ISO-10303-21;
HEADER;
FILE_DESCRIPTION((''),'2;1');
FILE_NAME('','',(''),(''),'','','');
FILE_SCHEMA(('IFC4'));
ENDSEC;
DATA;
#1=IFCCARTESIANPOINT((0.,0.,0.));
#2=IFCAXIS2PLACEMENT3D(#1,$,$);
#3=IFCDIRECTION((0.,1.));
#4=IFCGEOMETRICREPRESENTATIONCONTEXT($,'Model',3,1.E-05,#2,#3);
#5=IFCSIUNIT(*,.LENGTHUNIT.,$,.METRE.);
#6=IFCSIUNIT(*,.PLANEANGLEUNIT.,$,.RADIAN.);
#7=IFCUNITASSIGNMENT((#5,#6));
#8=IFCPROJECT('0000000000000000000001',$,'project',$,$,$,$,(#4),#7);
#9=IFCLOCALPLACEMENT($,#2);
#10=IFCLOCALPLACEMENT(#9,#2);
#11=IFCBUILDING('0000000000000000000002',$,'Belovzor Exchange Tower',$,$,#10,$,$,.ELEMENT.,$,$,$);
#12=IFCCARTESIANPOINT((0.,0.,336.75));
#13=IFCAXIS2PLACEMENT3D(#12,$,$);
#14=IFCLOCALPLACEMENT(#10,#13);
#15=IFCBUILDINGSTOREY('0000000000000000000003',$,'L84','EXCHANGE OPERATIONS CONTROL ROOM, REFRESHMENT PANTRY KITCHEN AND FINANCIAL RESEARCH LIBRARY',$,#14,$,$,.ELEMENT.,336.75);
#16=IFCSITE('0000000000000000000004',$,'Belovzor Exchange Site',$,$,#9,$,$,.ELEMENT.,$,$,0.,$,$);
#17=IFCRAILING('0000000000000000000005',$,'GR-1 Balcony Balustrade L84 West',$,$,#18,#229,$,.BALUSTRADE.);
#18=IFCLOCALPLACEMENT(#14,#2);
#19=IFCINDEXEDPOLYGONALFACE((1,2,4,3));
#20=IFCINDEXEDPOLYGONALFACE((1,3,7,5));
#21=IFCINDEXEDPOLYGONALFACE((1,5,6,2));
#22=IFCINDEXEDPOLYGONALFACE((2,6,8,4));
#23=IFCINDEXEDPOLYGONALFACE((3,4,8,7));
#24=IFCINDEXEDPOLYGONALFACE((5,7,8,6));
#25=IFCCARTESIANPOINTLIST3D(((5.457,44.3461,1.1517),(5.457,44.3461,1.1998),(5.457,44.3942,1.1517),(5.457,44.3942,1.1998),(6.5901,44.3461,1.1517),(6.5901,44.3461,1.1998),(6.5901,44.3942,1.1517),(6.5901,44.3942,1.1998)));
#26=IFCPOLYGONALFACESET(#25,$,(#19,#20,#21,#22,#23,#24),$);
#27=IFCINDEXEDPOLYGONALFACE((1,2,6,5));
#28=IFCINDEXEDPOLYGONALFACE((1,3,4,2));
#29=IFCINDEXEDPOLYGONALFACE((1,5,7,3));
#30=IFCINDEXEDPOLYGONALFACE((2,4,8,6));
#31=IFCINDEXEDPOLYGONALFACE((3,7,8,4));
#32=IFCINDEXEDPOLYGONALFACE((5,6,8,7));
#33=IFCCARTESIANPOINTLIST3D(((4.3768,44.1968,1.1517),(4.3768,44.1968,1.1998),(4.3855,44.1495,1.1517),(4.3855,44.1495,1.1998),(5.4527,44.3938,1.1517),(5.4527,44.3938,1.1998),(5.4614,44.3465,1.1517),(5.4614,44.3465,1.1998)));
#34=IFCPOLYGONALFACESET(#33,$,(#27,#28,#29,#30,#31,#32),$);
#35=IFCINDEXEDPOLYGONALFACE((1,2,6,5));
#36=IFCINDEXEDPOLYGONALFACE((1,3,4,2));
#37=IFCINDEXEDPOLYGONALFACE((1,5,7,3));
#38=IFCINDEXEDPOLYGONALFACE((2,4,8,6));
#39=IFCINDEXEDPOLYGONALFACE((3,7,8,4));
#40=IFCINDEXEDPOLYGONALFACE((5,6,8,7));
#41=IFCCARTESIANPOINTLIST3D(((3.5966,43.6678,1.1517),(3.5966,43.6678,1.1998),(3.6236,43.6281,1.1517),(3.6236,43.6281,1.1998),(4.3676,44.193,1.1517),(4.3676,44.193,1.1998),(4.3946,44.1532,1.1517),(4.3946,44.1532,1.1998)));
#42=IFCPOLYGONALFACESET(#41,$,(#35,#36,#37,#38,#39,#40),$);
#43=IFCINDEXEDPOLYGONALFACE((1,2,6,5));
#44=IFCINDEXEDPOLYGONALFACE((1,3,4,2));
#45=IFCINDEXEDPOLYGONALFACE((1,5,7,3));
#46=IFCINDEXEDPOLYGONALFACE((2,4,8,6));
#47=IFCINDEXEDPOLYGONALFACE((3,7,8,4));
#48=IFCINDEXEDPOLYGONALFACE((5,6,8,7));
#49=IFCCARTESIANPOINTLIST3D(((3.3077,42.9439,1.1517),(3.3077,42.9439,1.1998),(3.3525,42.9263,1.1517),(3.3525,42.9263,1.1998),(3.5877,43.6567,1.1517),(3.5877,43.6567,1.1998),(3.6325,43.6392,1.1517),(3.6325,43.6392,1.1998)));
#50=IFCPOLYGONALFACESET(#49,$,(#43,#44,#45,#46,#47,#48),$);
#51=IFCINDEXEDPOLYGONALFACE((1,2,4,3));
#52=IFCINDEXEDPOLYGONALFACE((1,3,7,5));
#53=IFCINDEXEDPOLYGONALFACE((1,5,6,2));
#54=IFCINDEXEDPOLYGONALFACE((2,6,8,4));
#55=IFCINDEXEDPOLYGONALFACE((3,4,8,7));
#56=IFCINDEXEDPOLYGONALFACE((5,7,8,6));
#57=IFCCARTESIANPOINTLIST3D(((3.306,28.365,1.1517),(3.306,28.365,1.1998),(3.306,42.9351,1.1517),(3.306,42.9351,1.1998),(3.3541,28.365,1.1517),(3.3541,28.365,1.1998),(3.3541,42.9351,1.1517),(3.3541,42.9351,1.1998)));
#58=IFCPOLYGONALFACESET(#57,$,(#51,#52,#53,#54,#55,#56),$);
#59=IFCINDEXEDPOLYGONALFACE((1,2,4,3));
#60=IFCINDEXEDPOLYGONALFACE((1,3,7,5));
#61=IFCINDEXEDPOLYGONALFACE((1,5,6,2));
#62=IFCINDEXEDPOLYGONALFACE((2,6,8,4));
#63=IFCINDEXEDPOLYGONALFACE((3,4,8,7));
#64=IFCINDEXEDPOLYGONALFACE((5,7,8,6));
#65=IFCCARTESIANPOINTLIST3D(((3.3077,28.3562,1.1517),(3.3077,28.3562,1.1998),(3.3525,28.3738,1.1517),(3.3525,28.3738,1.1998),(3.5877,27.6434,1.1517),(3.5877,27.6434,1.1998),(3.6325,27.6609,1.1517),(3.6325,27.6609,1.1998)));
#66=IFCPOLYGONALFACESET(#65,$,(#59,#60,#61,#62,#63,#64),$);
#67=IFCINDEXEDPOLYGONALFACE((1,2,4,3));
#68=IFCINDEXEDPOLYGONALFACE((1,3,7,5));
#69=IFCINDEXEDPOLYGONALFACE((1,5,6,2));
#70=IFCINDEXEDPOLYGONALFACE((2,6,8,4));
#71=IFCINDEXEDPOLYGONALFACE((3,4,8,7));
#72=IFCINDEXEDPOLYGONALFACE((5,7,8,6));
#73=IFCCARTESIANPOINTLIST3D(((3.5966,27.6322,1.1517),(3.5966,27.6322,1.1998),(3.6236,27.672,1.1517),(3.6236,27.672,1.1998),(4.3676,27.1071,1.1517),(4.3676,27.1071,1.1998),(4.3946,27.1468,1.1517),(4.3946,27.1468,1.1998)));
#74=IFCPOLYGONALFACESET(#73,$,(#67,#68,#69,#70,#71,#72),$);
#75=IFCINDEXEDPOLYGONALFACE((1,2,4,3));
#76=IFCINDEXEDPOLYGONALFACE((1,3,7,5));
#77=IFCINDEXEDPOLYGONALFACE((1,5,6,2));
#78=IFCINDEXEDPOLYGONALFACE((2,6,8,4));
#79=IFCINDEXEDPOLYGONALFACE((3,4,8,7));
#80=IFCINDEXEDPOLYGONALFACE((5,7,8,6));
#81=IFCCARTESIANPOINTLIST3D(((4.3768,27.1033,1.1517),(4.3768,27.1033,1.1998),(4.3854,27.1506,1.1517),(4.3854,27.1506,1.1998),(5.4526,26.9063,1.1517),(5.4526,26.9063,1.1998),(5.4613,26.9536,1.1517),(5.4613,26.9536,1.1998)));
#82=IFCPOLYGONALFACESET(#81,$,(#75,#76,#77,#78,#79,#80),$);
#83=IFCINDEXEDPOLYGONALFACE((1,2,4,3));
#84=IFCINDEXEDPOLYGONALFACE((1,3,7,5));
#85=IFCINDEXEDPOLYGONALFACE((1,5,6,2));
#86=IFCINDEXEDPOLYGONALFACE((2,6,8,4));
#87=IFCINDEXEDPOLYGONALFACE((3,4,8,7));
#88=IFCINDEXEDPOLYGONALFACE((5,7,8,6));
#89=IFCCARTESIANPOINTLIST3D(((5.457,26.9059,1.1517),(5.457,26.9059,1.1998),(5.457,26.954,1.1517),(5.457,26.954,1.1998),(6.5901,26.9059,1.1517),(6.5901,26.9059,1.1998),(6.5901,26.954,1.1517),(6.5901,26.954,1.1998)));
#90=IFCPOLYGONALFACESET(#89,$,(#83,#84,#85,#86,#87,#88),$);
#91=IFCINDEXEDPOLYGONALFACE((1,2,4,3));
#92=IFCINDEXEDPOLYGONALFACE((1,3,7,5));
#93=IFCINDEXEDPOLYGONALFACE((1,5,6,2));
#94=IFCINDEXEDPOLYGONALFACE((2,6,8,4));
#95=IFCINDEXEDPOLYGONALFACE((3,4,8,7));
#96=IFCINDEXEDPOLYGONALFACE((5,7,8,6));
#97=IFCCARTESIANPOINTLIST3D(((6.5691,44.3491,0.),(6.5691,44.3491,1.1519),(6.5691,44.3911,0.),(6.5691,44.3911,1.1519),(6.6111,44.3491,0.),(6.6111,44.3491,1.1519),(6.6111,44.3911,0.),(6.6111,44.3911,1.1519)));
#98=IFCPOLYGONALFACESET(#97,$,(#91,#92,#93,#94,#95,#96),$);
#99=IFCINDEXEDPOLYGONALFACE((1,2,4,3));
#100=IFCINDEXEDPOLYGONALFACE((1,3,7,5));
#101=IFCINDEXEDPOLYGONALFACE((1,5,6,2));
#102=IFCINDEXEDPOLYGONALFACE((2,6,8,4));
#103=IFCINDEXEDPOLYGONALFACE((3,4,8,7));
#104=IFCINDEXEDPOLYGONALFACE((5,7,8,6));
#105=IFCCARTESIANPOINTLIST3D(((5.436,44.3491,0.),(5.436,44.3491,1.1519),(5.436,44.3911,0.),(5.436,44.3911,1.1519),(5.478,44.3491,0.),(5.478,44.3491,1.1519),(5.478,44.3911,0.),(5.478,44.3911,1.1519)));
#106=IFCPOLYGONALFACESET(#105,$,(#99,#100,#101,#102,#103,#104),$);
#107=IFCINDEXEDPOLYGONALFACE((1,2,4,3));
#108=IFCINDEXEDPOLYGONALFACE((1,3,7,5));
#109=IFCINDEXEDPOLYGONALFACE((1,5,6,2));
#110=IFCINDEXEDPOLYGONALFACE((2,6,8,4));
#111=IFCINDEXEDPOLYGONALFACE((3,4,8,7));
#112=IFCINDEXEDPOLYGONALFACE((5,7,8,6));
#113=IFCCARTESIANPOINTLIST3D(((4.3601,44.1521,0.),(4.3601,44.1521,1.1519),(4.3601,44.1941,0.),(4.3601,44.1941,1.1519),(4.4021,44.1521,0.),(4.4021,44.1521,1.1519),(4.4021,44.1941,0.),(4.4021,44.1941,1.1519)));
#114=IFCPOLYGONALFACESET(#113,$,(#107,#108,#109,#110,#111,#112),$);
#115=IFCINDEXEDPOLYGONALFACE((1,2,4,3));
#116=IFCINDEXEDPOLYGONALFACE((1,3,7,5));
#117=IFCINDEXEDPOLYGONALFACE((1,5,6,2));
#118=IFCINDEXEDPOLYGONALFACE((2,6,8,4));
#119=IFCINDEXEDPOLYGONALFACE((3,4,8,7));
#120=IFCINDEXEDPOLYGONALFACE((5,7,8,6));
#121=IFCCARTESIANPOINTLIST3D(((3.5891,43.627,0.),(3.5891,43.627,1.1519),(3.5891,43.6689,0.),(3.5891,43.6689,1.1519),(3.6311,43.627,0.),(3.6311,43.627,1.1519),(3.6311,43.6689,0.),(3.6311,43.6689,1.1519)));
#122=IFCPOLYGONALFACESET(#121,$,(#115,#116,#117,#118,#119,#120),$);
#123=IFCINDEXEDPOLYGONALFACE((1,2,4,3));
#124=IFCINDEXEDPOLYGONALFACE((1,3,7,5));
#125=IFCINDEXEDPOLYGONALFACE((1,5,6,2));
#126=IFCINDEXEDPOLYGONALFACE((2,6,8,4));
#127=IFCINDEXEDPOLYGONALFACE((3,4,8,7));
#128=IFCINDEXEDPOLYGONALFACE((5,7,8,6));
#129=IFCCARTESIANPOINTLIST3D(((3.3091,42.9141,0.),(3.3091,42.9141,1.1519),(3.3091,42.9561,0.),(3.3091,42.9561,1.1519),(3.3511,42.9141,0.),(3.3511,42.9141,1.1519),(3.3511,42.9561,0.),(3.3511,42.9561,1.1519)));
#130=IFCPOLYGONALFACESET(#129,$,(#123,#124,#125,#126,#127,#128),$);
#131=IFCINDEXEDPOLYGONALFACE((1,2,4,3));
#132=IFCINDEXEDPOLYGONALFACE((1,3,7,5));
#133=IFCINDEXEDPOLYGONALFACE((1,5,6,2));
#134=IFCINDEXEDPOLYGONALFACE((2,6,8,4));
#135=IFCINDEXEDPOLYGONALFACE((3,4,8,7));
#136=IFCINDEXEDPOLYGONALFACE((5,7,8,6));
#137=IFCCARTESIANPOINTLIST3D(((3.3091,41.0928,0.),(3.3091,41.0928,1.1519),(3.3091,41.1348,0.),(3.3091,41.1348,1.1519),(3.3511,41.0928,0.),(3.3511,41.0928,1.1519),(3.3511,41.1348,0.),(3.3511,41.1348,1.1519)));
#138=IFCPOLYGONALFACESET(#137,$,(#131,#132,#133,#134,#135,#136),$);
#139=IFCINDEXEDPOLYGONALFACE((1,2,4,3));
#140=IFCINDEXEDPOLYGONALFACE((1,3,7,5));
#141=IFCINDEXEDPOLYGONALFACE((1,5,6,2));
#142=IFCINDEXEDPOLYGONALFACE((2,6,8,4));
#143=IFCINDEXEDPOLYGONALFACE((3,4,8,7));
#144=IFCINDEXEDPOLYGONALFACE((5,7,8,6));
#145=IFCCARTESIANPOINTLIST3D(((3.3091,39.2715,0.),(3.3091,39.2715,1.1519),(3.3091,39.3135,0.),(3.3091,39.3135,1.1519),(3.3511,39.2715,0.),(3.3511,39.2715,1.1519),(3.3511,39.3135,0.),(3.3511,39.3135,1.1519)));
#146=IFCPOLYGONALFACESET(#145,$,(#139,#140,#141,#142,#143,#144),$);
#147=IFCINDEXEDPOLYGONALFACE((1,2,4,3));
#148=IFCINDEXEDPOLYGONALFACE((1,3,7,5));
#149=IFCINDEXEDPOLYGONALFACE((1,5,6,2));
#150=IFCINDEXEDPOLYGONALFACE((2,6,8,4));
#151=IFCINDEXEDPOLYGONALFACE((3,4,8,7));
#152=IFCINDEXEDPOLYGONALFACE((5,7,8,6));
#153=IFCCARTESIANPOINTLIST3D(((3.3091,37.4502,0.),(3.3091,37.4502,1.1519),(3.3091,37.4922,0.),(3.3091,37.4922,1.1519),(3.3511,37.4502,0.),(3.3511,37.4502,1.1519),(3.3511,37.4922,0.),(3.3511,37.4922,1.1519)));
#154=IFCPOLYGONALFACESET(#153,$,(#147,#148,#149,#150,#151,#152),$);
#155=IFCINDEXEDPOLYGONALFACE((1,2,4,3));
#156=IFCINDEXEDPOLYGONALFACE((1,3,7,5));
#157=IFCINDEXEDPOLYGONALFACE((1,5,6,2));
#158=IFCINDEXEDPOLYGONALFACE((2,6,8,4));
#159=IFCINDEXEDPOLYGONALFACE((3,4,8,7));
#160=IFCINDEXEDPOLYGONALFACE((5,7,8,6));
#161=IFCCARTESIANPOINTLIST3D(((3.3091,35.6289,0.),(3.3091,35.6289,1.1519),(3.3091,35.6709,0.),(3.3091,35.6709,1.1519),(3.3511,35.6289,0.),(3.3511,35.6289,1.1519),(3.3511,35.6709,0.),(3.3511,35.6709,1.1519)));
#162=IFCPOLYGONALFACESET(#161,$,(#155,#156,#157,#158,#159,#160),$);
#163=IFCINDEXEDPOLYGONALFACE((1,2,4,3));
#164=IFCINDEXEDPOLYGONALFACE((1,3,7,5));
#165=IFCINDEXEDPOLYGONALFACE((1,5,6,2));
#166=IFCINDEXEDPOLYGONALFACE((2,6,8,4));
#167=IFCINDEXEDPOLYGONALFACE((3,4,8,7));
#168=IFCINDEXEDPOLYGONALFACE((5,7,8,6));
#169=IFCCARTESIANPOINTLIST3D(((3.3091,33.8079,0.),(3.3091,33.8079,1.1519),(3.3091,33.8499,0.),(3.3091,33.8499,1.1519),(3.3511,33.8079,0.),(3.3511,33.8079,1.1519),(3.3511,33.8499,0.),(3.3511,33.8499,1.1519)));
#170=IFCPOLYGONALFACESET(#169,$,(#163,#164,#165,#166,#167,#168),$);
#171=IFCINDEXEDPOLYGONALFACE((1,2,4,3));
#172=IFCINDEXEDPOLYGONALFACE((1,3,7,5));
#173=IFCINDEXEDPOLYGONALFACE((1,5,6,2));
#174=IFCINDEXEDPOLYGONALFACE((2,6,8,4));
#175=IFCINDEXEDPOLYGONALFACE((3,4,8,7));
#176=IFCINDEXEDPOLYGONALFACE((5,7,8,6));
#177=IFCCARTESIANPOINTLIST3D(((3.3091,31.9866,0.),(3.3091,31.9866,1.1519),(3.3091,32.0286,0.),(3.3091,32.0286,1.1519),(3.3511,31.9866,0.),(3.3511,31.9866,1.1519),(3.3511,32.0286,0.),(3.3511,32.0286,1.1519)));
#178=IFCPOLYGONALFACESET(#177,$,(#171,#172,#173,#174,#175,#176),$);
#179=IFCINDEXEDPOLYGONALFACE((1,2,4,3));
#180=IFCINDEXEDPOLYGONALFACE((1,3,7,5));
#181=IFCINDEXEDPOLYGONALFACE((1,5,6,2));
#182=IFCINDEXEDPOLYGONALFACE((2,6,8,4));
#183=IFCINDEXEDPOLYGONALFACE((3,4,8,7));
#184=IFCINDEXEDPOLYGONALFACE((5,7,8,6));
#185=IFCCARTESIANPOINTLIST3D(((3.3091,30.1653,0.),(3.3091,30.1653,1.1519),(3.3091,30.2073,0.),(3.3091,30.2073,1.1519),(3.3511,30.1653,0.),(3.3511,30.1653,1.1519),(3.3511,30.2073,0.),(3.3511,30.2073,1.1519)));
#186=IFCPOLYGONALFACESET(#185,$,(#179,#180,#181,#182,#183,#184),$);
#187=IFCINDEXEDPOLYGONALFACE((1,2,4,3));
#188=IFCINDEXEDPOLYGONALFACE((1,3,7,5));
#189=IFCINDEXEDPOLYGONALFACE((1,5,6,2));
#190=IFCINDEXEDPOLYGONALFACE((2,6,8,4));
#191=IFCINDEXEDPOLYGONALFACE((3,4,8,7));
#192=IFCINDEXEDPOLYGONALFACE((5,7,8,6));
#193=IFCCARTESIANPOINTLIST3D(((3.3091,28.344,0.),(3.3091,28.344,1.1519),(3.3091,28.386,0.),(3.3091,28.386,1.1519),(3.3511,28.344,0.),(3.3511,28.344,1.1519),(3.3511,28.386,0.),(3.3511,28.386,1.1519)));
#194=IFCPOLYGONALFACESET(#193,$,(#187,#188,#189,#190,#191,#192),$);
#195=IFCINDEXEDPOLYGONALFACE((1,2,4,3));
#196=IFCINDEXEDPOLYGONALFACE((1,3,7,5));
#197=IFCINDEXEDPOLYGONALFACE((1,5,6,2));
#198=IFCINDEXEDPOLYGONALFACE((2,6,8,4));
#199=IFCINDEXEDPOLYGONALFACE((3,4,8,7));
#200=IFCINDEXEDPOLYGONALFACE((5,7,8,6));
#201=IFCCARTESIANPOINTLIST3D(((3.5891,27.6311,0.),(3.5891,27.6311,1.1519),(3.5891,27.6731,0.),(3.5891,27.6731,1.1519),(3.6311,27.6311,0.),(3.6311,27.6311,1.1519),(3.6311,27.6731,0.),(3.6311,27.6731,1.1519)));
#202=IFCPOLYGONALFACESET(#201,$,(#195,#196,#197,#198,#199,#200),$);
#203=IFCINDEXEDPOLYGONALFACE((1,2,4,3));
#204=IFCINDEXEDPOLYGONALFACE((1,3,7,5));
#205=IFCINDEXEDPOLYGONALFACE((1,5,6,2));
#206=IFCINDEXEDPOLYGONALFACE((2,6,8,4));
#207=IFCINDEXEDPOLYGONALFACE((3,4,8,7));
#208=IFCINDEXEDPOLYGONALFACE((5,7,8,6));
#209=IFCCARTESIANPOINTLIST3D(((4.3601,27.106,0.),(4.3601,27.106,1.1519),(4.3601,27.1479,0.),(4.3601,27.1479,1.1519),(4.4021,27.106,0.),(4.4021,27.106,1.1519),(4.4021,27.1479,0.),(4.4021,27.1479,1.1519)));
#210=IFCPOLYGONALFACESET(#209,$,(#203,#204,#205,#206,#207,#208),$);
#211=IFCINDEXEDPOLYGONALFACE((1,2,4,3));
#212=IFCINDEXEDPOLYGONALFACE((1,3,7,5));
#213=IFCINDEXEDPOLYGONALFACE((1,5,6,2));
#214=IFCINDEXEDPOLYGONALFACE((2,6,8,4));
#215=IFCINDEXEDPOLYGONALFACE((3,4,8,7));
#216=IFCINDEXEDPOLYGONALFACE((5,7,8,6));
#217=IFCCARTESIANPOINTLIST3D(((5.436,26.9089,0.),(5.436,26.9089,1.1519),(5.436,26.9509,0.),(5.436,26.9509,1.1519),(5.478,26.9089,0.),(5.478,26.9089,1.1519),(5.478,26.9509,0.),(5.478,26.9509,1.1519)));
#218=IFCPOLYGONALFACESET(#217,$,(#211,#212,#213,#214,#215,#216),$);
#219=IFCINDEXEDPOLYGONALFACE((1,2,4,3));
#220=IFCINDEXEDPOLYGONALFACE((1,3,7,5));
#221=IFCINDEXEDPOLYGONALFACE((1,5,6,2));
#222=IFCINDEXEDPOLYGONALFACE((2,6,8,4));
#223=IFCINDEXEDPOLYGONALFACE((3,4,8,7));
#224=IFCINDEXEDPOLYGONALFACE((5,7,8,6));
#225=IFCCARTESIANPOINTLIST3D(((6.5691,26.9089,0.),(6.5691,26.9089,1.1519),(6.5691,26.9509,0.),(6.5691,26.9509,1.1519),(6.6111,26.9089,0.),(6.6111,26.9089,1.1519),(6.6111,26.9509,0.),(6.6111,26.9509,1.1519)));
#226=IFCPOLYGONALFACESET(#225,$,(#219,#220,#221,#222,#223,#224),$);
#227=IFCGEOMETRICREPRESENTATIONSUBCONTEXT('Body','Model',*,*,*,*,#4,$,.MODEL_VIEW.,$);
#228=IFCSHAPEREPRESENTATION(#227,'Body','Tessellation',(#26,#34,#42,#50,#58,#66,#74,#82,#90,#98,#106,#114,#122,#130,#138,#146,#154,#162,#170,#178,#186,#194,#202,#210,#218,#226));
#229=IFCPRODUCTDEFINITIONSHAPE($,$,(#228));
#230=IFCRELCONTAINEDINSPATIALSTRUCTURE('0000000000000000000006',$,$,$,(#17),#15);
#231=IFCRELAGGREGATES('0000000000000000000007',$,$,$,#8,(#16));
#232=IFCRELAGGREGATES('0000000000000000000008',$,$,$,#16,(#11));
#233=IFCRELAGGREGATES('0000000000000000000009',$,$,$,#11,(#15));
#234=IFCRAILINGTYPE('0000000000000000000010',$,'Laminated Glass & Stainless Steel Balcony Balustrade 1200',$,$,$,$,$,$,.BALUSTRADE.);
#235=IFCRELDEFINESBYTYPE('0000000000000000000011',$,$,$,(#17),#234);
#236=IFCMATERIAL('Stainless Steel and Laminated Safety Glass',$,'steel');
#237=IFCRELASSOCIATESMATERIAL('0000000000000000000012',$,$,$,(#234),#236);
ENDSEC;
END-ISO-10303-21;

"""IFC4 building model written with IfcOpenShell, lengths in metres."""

from ifc_helpers import new_model, si_unit, direction, frame, origin, origin_2d, place, context, subcontext, project, spatial, rectangle, extrude, material, type_object, element, save


model = new_model("IFC4")

# Units and contexts
model_context = context("Model", 3, precision=1e-05, world=origin(), true_north=direction((0.0, 1.0)))
body_context = subcontext(model_context, "Body", "Model", "MODEL_VIEW")
ifc_project = project(units=[si_unit("LENGTHUNIT", "METRE"), si_unit("PLANEANGLEUNIT", "RADIAN")], contexts=[model_context])

# Site, building, storey
site_placement = place(None, origin())
site = spatial("IfcSite", under=ifc_project, at=site_placement, Name="Belovzor Exchange Site", CompositionType="ELEMENT", RefElevation=0.0)
building_placement = place(site_placement, origin())
building = spatial("IfcBuilding", under=site, at=building_placement, Name="Belovzor Exchange Tower", CompositionType="ELEMENT")
storey_placement = place(building_placement, frame((0.0, 0.0, 336.75)))
storey = spatial("IfcBuildingStorey", under=building, at=storey_placement, Name="L84", Description="EXCHANGE OPERATIONS CONTROL ROOM, REFRESHMENT PANTRY KITCHEN AND FINANCIAL RESEARCH LIBRARY", CompositionType="ELEMENT", Elevation=336.75)

# Railing
ifc_material_1 = material(Name="Stainless Steel and Laminated Safety Glass", Category="steel")
railing_type = type_object("IfcRailingType", Name="Laminated Glass & Stainless Steel Balcony Balustrade 1200", PredefinedType="BALUSTRADE", material=ifc_material_1)
railing_placement = place(storey_placement, frame((6.5901, 44.3701, 0.0)))
element("IfcRailing", 1, at=railing_placement, inside=storey, type_object=railing_type, Name="GR-1 Balcony Balustrade L84 West", PredefinedType="BALUSTRADE", context=body_context, shape_type="SweptSolid", body=[
    extrude(rectangle(XDim=0.0481, YDim=0.0481, at=origin_2d()), frame((0.0, 0.0, 1.1758), z_axis=(-1.0, 0.0, 0.0), x_axis=(0.0, -1.0, 0.0)), (0.0, 0.0, 1.0), 1.1331),
    extrude(rectangle(XDim=0.0481, YDim=0.0481, at=origin_2d()), frame((-1.1331, 0.0, 1.1758), z_axis=(-0.983644, -0.180123, 0.0), x_axis=(0.180123, -0.983644, 0.0)), (0.0, 0.0, 1.0), 1.0938),
    extrude(rectangle(XDim=0.0481, YDim=0.0481, at=origin_2d()), frame((-2.209, -0.197, 1.1758), z_axis=(-0.826493, -0.562947, 0.0), x_axis=(0.562947, -0.826493, 0.0)), (0.0, 0.0, 1.0), 0.9329),
    extrude(rectangle(XDim=0.0481, YDim=0.0481, at=origin_2d()), frame((-2.98, -0.7222, 1.1758), z_axis=(-0.365613, -0.930767, 0.0), x_axis=(0.930767, -0.365613, 0.0)), (0.0, 0.0, 1.0), 0.7659),
    extrude(rectangle(XDim=0.0481, YDim=0.0481, at=origin_2d()), frame((-3.26, -1.4351, 1.1758), z_axis=(0.0, -1.0, 0.0), x_axis=(1.0, 0.0, 0.0)), (0.0, 0.0, 1.0), 14.5701),
    extrude(rectangle(XDim=0.0481, YDim=0.0481, at=origin_2d()), frame((-3.26, -16.0051, 1.1758), z_axis=(0.365613, -0.930767, 0.0), x_axis=(0.930767, 0.365613, 0.0)), (0.0, 0.0, 1.0), 0.7659),
    extrude(rectangle(XDim=0.0481, YDim=0.0481, at=origin_2d()), frame((-2.98, -16.718, 1.1758), z_axis=(0.826493, -0.562947, 0.0), x_axis=(0.562947, 0.826493, 0.0)), (0.0, 0.0, 1.0), 0.9329),
    extrude(rectangle(XDim=0.0481, YDim=0.0481, at=origin_2d()), frame((-2.209, -17.2432, 1.1758), z_axis=(0.983644, -0.180123, 0.0), x_axis=(0.180123, 0.983644, 0.0)), (0.0, 0.0, 1.0), 1.0938),
    extrude(rectangle(XDim=0.0481, YDim=0.0481, at=origin_2d()), frame((-1.1331, -17.4402, 1.1758), z_axis=(1.0, 0.0, 0.0), x_axis=(0.0, 1.0, 0.0)), (0.0, 0.0, 1.0), 1.1331),
    extrude(rectangle(XDim=0.042, YDim=0.042, at=origin_2d()), origin(), (0.0, 0.0, 1.0), 1.1519),
    extrude(rectangle(XDim=0.042, YDim=0.042, at=origin_2d()), frame((-1.1331, 0.0, 0.0)), (0.0, 0.0, 1.0), 1.1519),
    extrude(rectangle(XDim=0.042, YDim=0.042, at=origin_2d()), frame((-2.209, -0.197, 0.0)), (0.0, 0.0, 1.0), 1.1519),
    extrude(rectangle(XDim=0.042, YDim=0.042, at=origin_2d()), frame((-2.98, -0.7222, 0.0)), (0.0, 0.0, 1.0), 1.1519),
    extrude(rectangle(XDim=0.042, YDim=0.042, at=origin_2d()), frame((-3.26, -1.4351, 0.0)), (0.0, 0.0, 1.0), 1.1519),
    extrude(rectangle(XDim=0.042, YDim=0.042, at=origin_2d()), frame((-3.26, -3.2563, 0.0)), (0.0, 0.0, 1.0), 1.1519),
    extrude(rectangle(XDim=0.042, YDim=0.042, at=origin_2d()), frame((-3.26, -5.0776, 0.0)), (0.0, 0.0, 1.0), 1.1519),
    extrude(rectangle(XDim=0.042, YDim=0.042, at=origin_2d()), frame((-3.26, -6.8989, 0.0)), (0.0, 0.0, 1.0), 1.1519),
    extrude(rectangle(XDim=0.042, YDim=0.042, at=origin_2d()), frame((-3.26, -8.7202, 0.0)), (0.0, 0.0, 1.0), 1.1519),
    extrude(rectangle(XDim=0.042, YDim=0.042, at=origin_2d()), frame((-3.26, -10.5413, 0.0)), (0.0, 0.0, 1.0), 1.1519),
    extrude(rectangle(XDim=0.042, YDim=0.042, at=origin_2d()), frame((-3.26, -12.3625, 0.0)), (0.0, 0.0, 1.0), 1.1519),
    extrude(rectangle(XDim=0.042, YDim=0.042, at=origin_2d()), frame((-3.26, -14.1838, 0.0)), (0.0, 0.0, 1.0), 1.1519),
    extrude(rectangle(XDim=0.042, YDim=0.042, at=origin_2d()), frame((-3.26, -16.0051, 0.0)), (0.0, 0.0, 1.0), 1.1519),
    extrude(rectangle(XDim=0.042, YDim=0.042, at=origin_2d()), frame((-2.98, -16.718, 0.0)), (0.0, 0.0, 1.0), 1.1519),
    extrude(rectangle(XDim=0.042, YDim=0.042, at=origin_2d()), frame((-2.209, -17.2432, 0.0)), (0.0, 0.0, 1.0), 1.1519),
    extrude(rectangle(XDim=0.042, YDim=0.042, at=origin_2d()), frame((-1.1331, -17.4402, 0.0)), (0.0, 0.0, 1.0), 1.1519),
    extrude(rectangle(XDim=0.042, YDim=0.042, at=origin_2d()), frame((0.0, -17.4402, 0.0)), (0.0, 0.0, 1.0), 1.1519),
])

save(model, "model.ifc")
